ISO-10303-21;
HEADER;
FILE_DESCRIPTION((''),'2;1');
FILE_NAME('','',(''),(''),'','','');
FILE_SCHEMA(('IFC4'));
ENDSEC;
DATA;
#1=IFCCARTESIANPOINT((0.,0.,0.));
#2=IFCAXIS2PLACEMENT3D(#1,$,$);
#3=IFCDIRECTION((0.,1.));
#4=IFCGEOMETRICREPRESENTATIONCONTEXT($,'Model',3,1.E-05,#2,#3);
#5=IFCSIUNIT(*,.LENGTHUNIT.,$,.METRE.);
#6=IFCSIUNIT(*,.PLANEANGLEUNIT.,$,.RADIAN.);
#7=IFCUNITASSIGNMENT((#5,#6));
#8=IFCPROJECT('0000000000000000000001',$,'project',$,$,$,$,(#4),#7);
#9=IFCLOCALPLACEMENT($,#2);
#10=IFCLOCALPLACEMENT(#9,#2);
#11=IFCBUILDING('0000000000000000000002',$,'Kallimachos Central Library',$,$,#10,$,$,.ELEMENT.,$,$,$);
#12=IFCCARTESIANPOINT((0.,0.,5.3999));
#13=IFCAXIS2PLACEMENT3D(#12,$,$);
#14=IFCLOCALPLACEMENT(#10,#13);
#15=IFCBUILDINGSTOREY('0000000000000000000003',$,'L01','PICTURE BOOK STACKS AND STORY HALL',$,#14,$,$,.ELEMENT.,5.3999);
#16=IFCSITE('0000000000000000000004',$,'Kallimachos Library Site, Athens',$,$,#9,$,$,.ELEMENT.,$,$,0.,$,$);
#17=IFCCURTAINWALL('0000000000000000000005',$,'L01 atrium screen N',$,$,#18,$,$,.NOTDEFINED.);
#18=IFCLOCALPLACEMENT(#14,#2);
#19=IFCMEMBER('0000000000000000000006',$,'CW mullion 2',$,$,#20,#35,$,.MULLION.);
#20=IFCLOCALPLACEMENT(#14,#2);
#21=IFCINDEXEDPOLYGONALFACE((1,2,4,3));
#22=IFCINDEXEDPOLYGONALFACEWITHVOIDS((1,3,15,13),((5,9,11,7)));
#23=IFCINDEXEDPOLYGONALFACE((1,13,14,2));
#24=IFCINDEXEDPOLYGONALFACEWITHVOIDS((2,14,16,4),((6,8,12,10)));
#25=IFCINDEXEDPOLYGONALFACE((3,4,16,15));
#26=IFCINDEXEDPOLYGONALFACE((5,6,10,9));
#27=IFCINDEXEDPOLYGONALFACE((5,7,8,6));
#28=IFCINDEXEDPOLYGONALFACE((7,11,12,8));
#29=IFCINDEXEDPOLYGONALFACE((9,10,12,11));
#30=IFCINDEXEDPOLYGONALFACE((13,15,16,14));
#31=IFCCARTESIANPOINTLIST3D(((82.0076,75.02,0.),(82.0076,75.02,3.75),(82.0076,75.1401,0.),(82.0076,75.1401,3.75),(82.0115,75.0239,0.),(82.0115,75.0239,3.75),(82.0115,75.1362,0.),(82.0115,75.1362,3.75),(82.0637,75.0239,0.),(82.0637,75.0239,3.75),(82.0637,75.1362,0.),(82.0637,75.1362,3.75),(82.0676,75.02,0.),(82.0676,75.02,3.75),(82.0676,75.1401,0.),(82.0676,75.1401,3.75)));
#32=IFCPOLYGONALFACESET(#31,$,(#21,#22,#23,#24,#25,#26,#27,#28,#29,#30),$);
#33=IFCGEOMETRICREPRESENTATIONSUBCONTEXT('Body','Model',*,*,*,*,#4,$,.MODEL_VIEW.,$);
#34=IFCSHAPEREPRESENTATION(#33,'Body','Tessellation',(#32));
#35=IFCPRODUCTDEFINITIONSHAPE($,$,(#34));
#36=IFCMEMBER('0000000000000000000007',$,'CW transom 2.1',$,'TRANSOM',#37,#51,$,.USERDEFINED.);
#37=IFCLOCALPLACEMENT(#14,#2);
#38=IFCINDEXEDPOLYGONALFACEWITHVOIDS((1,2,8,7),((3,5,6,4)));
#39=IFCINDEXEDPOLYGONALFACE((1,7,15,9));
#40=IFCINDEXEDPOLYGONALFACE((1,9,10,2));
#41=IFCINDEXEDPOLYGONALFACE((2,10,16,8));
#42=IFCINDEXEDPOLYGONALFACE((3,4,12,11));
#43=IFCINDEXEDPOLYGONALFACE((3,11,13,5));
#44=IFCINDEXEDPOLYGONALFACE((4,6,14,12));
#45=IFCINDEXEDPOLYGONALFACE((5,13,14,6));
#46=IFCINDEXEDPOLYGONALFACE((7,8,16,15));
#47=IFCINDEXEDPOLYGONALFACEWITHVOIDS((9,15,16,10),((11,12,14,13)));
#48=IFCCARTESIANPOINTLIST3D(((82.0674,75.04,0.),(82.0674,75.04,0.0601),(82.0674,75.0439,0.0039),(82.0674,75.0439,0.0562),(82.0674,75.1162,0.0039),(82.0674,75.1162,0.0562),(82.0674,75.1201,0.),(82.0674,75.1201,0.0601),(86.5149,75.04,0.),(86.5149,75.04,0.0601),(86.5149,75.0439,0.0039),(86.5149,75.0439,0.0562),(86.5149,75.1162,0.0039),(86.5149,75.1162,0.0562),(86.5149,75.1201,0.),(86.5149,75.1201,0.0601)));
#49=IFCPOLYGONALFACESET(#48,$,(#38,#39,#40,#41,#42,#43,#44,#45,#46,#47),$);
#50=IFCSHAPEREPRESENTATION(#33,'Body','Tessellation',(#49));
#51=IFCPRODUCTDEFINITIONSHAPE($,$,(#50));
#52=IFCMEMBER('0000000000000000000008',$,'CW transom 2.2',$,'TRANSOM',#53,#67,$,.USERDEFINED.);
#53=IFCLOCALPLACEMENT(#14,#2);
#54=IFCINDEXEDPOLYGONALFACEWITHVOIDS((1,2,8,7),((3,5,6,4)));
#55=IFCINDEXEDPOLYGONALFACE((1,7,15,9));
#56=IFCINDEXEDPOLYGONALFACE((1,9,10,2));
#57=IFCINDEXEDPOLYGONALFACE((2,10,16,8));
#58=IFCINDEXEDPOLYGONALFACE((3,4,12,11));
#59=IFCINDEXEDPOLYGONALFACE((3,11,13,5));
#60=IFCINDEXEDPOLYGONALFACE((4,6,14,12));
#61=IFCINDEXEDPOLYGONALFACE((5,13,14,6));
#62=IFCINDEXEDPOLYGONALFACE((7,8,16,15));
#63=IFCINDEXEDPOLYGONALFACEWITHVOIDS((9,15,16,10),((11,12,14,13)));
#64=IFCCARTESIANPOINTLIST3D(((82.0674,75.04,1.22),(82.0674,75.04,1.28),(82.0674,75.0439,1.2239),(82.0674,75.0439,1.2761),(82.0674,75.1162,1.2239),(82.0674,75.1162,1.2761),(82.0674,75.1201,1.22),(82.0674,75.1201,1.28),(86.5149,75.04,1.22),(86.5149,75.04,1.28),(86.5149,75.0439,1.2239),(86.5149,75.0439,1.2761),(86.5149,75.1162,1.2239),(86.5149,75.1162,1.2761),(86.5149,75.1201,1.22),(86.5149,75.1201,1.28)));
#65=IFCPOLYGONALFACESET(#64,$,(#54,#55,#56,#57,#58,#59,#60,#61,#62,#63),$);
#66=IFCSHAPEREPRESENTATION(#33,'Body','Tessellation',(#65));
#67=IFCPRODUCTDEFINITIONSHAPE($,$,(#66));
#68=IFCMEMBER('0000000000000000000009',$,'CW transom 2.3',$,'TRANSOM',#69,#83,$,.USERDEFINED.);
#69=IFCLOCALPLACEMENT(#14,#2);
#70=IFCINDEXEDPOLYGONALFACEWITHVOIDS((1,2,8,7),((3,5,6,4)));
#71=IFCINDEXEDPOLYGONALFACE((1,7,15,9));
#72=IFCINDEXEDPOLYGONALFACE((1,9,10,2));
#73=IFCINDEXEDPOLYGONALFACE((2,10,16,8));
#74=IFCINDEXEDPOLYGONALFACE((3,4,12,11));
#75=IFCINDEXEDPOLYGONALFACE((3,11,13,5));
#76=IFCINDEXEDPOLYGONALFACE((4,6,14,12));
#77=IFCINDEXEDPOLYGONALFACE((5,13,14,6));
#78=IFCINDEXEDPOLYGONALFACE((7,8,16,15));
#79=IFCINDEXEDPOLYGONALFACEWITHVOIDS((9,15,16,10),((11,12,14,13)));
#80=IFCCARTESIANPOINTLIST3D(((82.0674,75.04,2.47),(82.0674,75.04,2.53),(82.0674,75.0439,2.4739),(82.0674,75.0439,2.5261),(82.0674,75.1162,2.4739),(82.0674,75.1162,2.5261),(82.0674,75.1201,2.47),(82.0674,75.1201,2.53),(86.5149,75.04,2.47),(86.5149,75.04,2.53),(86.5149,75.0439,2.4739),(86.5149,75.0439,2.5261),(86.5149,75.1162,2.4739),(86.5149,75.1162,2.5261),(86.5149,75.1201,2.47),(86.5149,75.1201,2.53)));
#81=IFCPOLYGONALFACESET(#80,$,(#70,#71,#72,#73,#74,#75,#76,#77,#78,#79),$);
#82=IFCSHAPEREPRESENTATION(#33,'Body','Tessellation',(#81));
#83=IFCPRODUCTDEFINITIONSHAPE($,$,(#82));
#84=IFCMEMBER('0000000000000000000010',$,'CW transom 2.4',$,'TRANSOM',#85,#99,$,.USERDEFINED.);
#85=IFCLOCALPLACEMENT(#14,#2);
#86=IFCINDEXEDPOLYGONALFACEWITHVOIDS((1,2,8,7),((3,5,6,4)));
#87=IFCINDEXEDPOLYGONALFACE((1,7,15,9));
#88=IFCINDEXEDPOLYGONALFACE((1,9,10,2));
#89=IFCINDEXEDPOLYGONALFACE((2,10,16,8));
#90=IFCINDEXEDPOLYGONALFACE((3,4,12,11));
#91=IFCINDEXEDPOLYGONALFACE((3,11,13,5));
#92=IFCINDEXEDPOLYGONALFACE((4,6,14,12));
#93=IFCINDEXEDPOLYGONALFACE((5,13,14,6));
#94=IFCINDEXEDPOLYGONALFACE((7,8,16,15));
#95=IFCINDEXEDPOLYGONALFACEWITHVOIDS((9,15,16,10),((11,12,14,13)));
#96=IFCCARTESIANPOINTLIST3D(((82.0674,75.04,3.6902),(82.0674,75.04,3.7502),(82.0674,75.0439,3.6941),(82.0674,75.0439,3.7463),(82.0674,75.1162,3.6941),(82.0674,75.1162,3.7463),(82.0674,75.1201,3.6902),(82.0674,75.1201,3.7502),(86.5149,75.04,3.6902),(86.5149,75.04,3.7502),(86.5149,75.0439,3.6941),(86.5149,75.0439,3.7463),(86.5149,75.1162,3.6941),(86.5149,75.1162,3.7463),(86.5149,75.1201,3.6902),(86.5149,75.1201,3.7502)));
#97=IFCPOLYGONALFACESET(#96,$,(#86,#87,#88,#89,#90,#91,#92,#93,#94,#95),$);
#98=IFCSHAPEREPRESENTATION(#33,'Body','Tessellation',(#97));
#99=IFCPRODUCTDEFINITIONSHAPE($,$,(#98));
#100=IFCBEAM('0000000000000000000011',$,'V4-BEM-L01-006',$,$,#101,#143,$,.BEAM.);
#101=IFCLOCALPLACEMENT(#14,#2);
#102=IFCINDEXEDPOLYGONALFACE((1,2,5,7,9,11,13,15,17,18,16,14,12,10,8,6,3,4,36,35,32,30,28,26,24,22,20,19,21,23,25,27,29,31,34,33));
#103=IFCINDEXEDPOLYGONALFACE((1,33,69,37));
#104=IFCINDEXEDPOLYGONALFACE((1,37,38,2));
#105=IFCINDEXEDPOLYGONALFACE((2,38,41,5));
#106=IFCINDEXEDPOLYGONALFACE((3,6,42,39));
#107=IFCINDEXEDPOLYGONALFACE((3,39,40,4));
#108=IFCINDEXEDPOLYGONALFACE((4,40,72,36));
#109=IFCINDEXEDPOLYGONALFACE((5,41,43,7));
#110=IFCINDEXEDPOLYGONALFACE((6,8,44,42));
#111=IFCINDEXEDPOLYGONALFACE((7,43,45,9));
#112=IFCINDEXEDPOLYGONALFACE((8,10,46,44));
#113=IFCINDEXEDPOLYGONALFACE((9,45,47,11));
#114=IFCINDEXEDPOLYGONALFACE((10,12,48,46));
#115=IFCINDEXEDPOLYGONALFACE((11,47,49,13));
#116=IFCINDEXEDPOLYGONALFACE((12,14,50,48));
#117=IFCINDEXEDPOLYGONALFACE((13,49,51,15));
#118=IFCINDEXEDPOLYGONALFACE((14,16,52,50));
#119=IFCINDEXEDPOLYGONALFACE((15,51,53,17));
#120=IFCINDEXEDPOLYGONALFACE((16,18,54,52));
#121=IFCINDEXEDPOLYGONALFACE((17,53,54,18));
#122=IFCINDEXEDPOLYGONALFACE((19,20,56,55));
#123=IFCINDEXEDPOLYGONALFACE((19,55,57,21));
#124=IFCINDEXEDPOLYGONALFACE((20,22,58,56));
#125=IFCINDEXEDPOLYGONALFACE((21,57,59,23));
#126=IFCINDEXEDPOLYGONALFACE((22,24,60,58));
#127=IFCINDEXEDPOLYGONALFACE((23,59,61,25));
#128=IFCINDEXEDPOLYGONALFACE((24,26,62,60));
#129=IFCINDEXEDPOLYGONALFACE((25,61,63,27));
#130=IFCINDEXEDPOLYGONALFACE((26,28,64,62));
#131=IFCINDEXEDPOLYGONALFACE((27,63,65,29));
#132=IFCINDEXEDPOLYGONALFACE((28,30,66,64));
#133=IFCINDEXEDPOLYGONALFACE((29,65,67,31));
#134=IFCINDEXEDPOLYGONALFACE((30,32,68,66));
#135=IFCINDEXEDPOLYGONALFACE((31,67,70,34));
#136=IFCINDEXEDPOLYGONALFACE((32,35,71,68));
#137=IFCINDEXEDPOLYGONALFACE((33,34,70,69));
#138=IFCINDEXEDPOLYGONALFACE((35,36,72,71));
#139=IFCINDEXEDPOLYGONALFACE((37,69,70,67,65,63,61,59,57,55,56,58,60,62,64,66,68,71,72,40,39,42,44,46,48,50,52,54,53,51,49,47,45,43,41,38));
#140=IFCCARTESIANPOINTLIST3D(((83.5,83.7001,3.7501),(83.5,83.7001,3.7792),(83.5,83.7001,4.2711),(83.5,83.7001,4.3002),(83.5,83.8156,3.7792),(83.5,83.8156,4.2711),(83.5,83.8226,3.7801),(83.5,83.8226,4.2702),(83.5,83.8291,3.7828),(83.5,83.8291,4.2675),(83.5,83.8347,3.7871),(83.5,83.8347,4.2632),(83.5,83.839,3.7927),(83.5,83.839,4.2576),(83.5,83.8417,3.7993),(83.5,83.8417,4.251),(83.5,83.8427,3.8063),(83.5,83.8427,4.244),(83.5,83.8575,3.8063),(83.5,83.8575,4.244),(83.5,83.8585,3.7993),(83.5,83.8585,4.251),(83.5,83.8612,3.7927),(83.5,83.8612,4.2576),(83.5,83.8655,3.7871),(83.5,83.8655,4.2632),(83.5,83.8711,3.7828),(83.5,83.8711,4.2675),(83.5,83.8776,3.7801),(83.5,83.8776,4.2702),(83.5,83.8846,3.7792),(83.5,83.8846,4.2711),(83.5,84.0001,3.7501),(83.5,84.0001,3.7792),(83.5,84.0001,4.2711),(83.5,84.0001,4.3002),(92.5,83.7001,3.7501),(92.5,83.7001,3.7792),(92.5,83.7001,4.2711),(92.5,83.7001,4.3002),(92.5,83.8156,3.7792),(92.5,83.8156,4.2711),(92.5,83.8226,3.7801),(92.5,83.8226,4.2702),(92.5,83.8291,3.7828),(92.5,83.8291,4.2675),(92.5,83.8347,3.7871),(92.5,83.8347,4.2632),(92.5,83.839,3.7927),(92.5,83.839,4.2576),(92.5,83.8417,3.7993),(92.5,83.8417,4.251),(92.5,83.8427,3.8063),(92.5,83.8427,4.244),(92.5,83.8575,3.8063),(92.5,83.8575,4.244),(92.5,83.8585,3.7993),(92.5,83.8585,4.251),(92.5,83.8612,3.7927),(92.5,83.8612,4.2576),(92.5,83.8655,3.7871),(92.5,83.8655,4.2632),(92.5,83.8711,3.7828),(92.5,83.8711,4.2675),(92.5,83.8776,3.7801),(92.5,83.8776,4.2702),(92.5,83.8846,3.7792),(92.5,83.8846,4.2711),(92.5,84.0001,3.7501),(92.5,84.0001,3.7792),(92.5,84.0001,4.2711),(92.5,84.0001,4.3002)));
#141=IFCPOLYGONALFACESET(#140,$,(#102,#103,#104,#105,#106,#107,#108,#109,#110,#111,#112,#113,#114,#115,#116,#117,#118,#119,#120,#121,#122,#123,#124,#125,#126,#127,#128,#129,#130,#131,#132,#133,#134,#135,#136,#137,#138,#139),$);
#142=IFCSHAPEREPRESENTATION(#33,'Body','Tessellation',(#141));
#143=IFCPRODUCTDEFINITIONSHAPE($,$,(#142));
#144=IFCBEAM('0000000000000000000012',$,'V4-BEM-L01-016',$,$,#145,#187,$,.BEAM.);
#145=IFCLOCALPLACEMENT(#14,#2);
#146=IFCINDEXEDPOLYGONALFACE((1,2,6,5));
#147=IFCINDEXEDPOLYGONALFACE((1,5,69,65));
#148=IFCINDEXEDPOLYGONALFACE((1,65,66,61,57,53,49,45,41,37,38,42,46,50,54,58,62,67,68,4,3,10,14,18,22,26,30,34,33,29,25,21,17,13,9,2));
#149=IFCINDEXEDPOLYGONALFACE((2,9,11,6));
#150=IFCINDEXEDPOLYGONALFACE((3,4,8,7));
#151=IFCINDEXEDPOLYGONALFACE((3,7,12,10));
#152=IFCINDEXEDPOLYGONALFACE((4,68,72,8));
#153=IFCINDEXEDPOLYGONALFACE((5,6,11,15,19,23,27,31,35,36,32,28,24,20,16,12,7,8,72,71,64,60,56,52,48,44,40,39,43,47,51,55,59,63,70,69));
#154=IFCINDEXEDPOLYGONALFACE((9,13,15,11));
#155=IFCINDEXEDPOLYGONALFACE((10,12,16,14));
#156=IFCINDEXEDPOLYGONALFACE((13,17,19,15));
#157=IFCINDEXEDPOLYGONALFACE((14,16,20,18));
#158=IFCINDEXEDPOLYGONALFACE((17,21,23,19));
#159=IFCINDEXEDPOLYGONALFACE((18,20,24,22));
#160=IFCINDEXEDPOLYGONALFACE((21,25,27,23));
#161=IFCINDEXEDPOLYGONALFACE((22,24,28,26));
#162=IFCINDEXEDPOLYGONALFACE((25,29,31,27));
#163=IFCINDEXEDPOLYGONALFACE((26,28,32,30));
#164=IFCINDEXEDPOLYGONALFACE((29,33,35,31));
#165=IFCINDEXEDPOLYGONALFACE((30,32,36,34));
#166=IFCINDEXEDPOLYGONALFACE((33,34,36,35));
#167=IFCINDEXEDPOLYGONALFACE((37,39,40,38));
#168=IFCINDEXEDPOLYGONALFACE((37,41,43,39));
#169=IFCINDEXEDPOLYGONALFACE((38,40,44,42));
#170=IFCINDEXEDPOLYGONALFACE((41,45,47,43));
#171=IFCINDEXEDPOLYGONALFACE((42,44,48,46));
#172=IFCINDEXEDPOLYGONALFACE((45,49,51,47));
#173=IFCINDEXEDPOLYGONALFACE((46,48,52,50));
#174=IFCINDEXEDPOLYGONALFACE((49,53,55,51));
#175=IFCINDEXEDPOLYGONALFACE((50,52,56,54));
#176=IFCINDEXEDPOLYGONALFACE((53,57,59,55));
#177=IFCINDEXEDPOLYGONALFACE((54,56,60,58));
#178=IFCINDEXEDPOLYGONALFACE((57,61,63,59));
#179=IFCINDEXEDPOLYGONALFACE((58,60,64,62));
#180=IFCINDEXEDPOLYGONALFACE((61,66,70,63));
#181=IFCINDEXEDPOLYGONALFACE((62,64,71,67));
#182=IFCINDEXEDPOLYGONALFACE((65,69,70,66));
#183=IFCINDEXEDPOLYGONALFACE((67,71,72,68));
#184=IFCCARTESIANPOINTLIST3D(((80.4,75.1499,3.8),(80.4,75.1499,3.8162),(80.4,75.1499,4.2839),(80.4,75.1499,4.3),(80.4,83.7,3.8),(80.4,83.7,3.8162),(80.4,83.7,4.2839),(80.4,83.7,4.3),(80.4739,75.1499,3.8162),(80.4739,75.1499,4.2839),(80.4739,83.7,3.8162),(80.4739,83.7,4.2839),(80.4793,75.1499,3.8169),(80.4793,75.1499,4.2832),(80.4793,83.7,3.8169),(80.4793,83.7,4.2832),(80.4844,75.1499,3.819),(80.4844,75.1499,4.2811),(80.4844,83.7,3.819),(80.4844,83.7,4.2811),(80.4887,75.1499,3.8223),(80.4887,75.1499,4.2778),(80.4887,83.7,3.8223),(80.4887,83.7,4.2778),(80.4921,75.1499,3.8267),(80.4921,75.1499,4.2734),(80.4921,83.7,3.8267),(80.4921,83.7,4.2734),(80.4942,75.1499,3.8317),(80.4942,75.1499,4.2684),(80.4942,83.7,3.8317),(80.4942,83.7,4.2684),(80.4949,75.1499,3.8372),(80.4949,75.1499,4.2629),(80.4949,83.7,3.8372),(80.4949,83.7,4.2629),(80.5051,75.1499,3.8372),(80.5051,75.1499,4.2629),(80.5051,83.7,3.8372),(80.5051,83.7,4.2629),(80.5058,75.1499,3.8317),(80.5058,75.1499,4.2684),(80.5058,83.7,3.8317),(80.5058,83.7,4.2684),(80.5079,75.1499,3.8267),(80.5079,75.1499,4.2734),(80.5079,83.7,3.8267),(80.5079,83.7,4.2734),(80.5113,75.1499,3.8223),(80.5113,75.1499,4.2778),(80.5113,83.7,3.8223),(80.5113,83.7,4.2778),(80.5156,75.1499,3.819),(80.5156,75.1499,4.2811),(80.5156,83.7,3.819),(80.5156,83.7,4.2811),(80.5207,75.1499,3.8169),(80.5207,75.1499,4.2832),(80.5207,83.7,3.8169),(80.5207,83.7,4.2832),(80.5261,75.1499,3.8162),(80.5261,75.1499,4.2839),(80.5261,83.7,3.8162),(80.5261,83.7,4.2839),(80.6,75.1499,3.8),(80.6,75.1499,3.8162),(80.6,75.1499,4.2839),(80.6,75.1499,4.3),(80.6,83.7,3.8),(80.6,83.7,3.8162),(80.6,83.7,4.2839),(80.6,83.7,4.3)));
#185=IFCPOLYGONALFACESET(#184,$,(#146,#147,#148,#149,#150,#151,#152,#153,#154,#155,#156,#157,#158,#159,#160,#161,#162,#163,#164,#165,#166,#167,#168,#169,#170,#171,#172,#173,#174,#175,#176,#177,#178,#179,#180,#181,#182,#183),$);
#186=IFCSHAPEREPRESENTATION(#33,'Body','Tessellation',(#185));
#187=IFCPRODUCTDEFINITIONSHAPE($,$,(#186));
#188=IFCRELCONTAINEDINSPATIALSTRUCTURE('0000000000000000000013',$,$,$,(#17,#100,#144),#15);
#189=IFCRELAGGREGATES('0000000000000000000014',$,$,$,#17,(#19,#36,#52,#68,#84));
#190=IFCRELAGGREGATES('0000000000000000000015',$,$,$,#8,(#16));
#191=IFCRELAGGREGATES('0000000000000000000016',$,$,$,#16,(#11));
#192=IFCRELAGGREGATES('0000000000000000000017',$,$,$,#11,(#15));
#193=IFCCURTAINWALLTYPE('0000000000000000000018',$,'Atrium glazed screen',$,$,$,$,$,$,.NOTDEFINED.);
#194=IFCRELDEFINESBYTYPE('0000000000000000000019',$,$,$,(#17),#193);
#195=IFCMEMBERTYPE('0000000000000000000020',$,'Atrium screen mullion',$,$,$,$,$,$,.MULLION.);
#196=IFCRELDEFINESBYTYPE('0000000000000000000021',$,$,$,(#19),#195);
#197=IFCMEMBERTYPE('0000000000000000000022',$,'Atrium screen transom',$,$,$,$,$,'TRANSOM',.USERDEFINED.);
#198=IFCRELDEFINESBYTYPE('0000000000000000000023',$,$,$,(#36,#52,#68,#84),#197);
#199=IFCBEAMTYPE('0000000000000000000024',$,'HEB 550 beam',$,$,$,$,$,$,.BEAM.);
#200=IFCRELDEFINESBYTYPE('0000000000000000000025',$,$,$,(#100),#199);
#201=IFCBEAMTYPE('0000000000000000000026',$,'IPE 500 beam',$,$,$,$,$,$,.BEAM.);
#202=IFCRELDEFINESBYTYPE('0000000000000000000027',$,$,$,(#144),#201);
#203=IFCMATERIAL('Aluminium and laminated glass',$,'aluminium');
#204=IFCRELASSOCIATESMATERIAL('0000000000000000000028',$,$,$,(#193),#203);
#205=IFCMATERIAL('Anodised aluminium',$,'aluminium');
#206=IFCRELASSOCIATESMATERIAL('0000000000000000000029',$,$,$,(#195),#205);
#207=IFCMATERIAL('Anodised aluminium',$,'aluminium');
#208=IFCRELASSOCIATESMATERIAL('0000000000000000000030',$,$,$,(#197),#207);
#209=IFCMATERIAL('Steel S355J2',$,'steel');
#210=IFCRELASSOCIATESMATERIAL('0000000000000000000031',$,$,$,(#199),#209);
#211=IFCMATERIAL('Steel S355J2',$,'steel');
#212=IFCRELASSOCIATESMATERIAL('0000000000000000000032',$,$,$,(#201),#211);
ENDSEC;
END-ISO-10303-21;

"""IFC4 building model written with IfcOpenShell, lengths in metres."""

from ifc_helpers import new_model, si_unit, direction, frame, origin, origin_2d, place, context, subcontext, project, spatial, hollow_rectangle, i_section, extrude, material, material_profile, profile_set, type_object, element, aggregate, save


model = new_model("IFC4")

# Units and contexts
model_context = context("Model", 3, precision=1e-05, world=origin(), true_north=direction((0.0, 1.0)))
body_context = subcontext(model_context, "Body", "Model", "MODEL_VIEW")
ifc_project = project(units=[si_unit("LENGTHUNIT", "METRE"), si_unit("PLANEANGLEUNIT", "RADIAN")], contexts=[model_context])

# Site, building, storey
site_placement = place(None, origin())
site = spatial("IfcSite", under=ifc_project, at=site_placement, Name="Kallimachos Library Site, Athens", CompositionType="ELEMENT", RefElevation=0.0)
building_placement = place(site_placement, origin())
building = spatial("IfcBuilding", under=site, at=building_placement, Name="Kallimachos Central Library", CompositionType="ELEMENT")
storey_placement = place(building_placement, frame((0.0, 0.0, 5.3999)))
storey = spatial("IfcBuildingStorey", under=building, at=storey_placement, Name="L01", Description="PICTURE BOOK STACKS AND STORY HALL", CompositionType="ELEMENT", Elevation=5.3999)

# Curtain wall, members
ifc_material_1 = material(Name="Aluminium and laminated glass", Category="aluminium")
curtain_wall_type_1 = type_object("IfcCurtainWallType", Name="Atrium glazed screen", PredefinedType="NOTDEFINED", material=ifc_material_1)
curtain_wall_1_placement = place(storey_placement, origin())
curtain_wall_1 = element("IfcCurtainWall", 1, at=curtain_wall_1_placement, inside=storey, type_object=curtain_wall_type_1, Name="L01 atrium screen N", PredefinedType="NOTDEFINED")
ifc_material_2 = material(Name="Anodised aluminium", Category="aluminium")
ifc_material_profile_1 = material_profile(ifc_material_2, hollow_rectangle(XDim=0.0601, YDim=0.1201, WallThickness=0.0039, at=origin_2d()), Name="ALU MULLION 60x120")
ifc_profile_set_1 = profile_set([ifc_material_profile_1], Name="Anodised aluminium")
member_type_1 = type_object("IfcMemberType", Name="Atrium screen mullion", PredefinedType="MULLION", material=ifc_profile_set_1)
member_1_placement = place(storey_placement, frame((82.0376, 75.0801, 0.0), z_axis=(0.0, 0.0, 1.0), x_axis=(1.0, 0.0, 0.0)))
member_1 = element("IfcMember", 2, at=member_1_placement, type_object=member_type_1, Name="CW mullion 2", PredefinedType="MULLION", context=body_context, shape_type="SweptSolid", body=[
    extrude(hollow_rectangle(XDim=0.0601, YDim=0.1201, WallThickness=0.0039, at=origin_2d()), origin(), (0.0, 0.0, 1.0), 3.75),
])
ifc_material_3 = material(Name="Anodised aluminium", Category="aluminium")
ifc_material_profile_2 = material_profile(ifc_material_3, hollow_rectangle(XDim=0.0601, YDim=0.0801, WallThickness=0.0039, at=origin_2d()), Name="ALU TRANSOM 60x80")
ifc_profile_set_2 = profile_set([ifc_material_profile_2], Name="Anodised aluminium")
member_type_2 = type_object("IfcMemberType", Name="Atrium screen transom", ElementType="TRANSOM", PredefinedType="USERDEFINED", material=ifc_profile_set_2)
member_2_placement = place(storey_placement, frame((82.0674, 75.0801, 0.03), z_axis=(1.0, 0.0, 0.0), x_axis=(0.0, 0.0, 1.0)))
member_2 = element("IfcMember", 3, at=member_2_placement, type_object=member_type_2, Name="CW transom 2.1", ObjectType="TRANSOM", PredefinedType="USERDEFINED", context=body_context, shape_type="SweptSolid", body=[
    extrude(hollow_rectangle(XDim=0.0601, YDim=0.0801, WallThickness=0.0039, at=origin_2d()), origin(), (0.0, 0.0, 1.0), 4.4475),
])
member_3_placement = place(storey_placement, frame((82.0674, 75.0801, 1.25), z_axis=(1.0, 0.0, 0.0), x_axis=(0.0, 0.0, 1.0)))
member_3 = element("IfcMember", 4, at=member_3_placement, type_object=member_type_2, Name="CW transom 2.2", ObjectType="TRANSOM", PredefinedType="USERDEFINED", context=body_context, shape_type="SweptSolid", body=[
    extrude(hollow_rectangle(XDim=0.0601, YDim=0.0801, WallThickness=0.0039, at=origin_2d()), origin(), (0.0, 0.0, 1.0), 4.4475),
])
member_4_placement = place(storey_placement, frame((82.0674, 75.0801, 2.5), z_axis=(1.0, 0.0, 0.0), x_axis=(0.0, 0.0, 1.0)))
member_4 = element("IfcMember", 5, at=member_4_placement, type_object=member_type_2, Name="CW transom 2.3", ObjectType="TRANSOM", PredefinedType="USERDEFINED", context=body_context, shape_type="SweptSolid", body=[
    extrude(hollow_rectangle(XDim=0.0601, YDim=0.0801, WallThickness=0.0039, at=origin_2d()), origin(), (0.0, 0.0, 1.0), 4.4475),
])
member_5_placement = place(storey_placement, frame((82.0674, 75.0801, 3.7202), z_axis=(1.0, 0.0, 0.0), x_axis=(0.0, 0.0, 1.0)))
member_5 = element("IfcMember", 6, at=member_5_placement, type_object=member_type_2, Name="CW transom 2.4", ObjectType="TRANSOM", PredefinedType="USERDEFINED", context=body_context, shape_type="SweptSolid", body=[
    extrude(hollow_rectangle(XDim=0.0601, YDim=0.0801, WallThickness=0.0039, at=origin_2d()), origin(), (0.0, 0.0, 1.0), 4.4475),
])
aggregate(curtain_wall_1, [member_1, member_2, member_3, member_4, member_5])

# Beams
ifc_material_4 = material(Name="Steel S355J2", Category="steel")
ifc_material_profile_3 = material_profile(ifc_material_4, i_section(OverallWidth=0.3, OverallDepth=0.55, WebThickness=0.0149, FlangeThickness=0.0291, FilletRadius=0.0271, at=origin_2d()), Name="HEB 550")
ifc_profile_set_3 = profile_set([ifc_material_profile_3], Name="Steel S355J2")
beam_type_1 = type_object("IfcBeamType", Name="HEB 550 beam", PredefinedType="BEAM", material=ifc_profile_set_3)
beam_1_placement = place(storey_placement, frame((83.5, 83.8501, 4.0251), z_axis=(1.0, 0.0, 0.0), x_axis=(0.0, 1.0, 0.0)))
element("IfcBeam", 7, at=beam_1_placement, inside=storey, type_object=beam_type_1, Name="V4-BEM-L01-006", PredefinedType="BEAM", context=body_context, shape_type="SweptSolid", body=[
    extrude(i_section(OverallWidth=0.3, OverallDepth=0.55, WebThickness=0.0149, FlangeThickness=0.0291, FilletRadius=0.0271, at=origin_2d()), origin(), (0.0, 0.0, 1.0), 9.0),
])
ifc_material_5 = material(Name="Steel S355J2", Category="steel")
ifc_material_profile_4 = material_profile(ifc_material_5, i_section(OverallWidth=0.2, OverallDepth=0.5, WebThickness=0.0103, FlangeThickness=0.0161, FilletRadius=0.021, at=origin_2d()), Name="IPE 500")
ifc_profile_set_4 = profile_set([ifc_material_profile_4], Name="Steel S355J2")
beam_type_2 = type_object("IfcBeamType", Name="IPE 500 beam", PredefinedType="BEAM", material=ifc_profile_set_4)
beam_2_placement = place(storey_placement, frame((80.5, 75.1499, 4.05), z_axis=(0.0, 1.0, 0.0), x_axis=(-1.0, 0.0, 0.0)))
element("IfcBeam", 8, at=beam_2_placement, inside=storey, type_object=beam_type_2, Name="V4-BEM-L01-016", PredefinedType="BEAM", context=body_context, shape_type="SweptSolid", body=[
    extrude(i_section(OverallWidth=0.2, OverallDepth=0.5, WebThickness=0.0103, FlangeThickness=0.0161, FilletRadius=0.021, at=origin_2d()), origin(), (0.0, 0.0, 1.0), 8.55),
])

save(model, "model.ifc")
